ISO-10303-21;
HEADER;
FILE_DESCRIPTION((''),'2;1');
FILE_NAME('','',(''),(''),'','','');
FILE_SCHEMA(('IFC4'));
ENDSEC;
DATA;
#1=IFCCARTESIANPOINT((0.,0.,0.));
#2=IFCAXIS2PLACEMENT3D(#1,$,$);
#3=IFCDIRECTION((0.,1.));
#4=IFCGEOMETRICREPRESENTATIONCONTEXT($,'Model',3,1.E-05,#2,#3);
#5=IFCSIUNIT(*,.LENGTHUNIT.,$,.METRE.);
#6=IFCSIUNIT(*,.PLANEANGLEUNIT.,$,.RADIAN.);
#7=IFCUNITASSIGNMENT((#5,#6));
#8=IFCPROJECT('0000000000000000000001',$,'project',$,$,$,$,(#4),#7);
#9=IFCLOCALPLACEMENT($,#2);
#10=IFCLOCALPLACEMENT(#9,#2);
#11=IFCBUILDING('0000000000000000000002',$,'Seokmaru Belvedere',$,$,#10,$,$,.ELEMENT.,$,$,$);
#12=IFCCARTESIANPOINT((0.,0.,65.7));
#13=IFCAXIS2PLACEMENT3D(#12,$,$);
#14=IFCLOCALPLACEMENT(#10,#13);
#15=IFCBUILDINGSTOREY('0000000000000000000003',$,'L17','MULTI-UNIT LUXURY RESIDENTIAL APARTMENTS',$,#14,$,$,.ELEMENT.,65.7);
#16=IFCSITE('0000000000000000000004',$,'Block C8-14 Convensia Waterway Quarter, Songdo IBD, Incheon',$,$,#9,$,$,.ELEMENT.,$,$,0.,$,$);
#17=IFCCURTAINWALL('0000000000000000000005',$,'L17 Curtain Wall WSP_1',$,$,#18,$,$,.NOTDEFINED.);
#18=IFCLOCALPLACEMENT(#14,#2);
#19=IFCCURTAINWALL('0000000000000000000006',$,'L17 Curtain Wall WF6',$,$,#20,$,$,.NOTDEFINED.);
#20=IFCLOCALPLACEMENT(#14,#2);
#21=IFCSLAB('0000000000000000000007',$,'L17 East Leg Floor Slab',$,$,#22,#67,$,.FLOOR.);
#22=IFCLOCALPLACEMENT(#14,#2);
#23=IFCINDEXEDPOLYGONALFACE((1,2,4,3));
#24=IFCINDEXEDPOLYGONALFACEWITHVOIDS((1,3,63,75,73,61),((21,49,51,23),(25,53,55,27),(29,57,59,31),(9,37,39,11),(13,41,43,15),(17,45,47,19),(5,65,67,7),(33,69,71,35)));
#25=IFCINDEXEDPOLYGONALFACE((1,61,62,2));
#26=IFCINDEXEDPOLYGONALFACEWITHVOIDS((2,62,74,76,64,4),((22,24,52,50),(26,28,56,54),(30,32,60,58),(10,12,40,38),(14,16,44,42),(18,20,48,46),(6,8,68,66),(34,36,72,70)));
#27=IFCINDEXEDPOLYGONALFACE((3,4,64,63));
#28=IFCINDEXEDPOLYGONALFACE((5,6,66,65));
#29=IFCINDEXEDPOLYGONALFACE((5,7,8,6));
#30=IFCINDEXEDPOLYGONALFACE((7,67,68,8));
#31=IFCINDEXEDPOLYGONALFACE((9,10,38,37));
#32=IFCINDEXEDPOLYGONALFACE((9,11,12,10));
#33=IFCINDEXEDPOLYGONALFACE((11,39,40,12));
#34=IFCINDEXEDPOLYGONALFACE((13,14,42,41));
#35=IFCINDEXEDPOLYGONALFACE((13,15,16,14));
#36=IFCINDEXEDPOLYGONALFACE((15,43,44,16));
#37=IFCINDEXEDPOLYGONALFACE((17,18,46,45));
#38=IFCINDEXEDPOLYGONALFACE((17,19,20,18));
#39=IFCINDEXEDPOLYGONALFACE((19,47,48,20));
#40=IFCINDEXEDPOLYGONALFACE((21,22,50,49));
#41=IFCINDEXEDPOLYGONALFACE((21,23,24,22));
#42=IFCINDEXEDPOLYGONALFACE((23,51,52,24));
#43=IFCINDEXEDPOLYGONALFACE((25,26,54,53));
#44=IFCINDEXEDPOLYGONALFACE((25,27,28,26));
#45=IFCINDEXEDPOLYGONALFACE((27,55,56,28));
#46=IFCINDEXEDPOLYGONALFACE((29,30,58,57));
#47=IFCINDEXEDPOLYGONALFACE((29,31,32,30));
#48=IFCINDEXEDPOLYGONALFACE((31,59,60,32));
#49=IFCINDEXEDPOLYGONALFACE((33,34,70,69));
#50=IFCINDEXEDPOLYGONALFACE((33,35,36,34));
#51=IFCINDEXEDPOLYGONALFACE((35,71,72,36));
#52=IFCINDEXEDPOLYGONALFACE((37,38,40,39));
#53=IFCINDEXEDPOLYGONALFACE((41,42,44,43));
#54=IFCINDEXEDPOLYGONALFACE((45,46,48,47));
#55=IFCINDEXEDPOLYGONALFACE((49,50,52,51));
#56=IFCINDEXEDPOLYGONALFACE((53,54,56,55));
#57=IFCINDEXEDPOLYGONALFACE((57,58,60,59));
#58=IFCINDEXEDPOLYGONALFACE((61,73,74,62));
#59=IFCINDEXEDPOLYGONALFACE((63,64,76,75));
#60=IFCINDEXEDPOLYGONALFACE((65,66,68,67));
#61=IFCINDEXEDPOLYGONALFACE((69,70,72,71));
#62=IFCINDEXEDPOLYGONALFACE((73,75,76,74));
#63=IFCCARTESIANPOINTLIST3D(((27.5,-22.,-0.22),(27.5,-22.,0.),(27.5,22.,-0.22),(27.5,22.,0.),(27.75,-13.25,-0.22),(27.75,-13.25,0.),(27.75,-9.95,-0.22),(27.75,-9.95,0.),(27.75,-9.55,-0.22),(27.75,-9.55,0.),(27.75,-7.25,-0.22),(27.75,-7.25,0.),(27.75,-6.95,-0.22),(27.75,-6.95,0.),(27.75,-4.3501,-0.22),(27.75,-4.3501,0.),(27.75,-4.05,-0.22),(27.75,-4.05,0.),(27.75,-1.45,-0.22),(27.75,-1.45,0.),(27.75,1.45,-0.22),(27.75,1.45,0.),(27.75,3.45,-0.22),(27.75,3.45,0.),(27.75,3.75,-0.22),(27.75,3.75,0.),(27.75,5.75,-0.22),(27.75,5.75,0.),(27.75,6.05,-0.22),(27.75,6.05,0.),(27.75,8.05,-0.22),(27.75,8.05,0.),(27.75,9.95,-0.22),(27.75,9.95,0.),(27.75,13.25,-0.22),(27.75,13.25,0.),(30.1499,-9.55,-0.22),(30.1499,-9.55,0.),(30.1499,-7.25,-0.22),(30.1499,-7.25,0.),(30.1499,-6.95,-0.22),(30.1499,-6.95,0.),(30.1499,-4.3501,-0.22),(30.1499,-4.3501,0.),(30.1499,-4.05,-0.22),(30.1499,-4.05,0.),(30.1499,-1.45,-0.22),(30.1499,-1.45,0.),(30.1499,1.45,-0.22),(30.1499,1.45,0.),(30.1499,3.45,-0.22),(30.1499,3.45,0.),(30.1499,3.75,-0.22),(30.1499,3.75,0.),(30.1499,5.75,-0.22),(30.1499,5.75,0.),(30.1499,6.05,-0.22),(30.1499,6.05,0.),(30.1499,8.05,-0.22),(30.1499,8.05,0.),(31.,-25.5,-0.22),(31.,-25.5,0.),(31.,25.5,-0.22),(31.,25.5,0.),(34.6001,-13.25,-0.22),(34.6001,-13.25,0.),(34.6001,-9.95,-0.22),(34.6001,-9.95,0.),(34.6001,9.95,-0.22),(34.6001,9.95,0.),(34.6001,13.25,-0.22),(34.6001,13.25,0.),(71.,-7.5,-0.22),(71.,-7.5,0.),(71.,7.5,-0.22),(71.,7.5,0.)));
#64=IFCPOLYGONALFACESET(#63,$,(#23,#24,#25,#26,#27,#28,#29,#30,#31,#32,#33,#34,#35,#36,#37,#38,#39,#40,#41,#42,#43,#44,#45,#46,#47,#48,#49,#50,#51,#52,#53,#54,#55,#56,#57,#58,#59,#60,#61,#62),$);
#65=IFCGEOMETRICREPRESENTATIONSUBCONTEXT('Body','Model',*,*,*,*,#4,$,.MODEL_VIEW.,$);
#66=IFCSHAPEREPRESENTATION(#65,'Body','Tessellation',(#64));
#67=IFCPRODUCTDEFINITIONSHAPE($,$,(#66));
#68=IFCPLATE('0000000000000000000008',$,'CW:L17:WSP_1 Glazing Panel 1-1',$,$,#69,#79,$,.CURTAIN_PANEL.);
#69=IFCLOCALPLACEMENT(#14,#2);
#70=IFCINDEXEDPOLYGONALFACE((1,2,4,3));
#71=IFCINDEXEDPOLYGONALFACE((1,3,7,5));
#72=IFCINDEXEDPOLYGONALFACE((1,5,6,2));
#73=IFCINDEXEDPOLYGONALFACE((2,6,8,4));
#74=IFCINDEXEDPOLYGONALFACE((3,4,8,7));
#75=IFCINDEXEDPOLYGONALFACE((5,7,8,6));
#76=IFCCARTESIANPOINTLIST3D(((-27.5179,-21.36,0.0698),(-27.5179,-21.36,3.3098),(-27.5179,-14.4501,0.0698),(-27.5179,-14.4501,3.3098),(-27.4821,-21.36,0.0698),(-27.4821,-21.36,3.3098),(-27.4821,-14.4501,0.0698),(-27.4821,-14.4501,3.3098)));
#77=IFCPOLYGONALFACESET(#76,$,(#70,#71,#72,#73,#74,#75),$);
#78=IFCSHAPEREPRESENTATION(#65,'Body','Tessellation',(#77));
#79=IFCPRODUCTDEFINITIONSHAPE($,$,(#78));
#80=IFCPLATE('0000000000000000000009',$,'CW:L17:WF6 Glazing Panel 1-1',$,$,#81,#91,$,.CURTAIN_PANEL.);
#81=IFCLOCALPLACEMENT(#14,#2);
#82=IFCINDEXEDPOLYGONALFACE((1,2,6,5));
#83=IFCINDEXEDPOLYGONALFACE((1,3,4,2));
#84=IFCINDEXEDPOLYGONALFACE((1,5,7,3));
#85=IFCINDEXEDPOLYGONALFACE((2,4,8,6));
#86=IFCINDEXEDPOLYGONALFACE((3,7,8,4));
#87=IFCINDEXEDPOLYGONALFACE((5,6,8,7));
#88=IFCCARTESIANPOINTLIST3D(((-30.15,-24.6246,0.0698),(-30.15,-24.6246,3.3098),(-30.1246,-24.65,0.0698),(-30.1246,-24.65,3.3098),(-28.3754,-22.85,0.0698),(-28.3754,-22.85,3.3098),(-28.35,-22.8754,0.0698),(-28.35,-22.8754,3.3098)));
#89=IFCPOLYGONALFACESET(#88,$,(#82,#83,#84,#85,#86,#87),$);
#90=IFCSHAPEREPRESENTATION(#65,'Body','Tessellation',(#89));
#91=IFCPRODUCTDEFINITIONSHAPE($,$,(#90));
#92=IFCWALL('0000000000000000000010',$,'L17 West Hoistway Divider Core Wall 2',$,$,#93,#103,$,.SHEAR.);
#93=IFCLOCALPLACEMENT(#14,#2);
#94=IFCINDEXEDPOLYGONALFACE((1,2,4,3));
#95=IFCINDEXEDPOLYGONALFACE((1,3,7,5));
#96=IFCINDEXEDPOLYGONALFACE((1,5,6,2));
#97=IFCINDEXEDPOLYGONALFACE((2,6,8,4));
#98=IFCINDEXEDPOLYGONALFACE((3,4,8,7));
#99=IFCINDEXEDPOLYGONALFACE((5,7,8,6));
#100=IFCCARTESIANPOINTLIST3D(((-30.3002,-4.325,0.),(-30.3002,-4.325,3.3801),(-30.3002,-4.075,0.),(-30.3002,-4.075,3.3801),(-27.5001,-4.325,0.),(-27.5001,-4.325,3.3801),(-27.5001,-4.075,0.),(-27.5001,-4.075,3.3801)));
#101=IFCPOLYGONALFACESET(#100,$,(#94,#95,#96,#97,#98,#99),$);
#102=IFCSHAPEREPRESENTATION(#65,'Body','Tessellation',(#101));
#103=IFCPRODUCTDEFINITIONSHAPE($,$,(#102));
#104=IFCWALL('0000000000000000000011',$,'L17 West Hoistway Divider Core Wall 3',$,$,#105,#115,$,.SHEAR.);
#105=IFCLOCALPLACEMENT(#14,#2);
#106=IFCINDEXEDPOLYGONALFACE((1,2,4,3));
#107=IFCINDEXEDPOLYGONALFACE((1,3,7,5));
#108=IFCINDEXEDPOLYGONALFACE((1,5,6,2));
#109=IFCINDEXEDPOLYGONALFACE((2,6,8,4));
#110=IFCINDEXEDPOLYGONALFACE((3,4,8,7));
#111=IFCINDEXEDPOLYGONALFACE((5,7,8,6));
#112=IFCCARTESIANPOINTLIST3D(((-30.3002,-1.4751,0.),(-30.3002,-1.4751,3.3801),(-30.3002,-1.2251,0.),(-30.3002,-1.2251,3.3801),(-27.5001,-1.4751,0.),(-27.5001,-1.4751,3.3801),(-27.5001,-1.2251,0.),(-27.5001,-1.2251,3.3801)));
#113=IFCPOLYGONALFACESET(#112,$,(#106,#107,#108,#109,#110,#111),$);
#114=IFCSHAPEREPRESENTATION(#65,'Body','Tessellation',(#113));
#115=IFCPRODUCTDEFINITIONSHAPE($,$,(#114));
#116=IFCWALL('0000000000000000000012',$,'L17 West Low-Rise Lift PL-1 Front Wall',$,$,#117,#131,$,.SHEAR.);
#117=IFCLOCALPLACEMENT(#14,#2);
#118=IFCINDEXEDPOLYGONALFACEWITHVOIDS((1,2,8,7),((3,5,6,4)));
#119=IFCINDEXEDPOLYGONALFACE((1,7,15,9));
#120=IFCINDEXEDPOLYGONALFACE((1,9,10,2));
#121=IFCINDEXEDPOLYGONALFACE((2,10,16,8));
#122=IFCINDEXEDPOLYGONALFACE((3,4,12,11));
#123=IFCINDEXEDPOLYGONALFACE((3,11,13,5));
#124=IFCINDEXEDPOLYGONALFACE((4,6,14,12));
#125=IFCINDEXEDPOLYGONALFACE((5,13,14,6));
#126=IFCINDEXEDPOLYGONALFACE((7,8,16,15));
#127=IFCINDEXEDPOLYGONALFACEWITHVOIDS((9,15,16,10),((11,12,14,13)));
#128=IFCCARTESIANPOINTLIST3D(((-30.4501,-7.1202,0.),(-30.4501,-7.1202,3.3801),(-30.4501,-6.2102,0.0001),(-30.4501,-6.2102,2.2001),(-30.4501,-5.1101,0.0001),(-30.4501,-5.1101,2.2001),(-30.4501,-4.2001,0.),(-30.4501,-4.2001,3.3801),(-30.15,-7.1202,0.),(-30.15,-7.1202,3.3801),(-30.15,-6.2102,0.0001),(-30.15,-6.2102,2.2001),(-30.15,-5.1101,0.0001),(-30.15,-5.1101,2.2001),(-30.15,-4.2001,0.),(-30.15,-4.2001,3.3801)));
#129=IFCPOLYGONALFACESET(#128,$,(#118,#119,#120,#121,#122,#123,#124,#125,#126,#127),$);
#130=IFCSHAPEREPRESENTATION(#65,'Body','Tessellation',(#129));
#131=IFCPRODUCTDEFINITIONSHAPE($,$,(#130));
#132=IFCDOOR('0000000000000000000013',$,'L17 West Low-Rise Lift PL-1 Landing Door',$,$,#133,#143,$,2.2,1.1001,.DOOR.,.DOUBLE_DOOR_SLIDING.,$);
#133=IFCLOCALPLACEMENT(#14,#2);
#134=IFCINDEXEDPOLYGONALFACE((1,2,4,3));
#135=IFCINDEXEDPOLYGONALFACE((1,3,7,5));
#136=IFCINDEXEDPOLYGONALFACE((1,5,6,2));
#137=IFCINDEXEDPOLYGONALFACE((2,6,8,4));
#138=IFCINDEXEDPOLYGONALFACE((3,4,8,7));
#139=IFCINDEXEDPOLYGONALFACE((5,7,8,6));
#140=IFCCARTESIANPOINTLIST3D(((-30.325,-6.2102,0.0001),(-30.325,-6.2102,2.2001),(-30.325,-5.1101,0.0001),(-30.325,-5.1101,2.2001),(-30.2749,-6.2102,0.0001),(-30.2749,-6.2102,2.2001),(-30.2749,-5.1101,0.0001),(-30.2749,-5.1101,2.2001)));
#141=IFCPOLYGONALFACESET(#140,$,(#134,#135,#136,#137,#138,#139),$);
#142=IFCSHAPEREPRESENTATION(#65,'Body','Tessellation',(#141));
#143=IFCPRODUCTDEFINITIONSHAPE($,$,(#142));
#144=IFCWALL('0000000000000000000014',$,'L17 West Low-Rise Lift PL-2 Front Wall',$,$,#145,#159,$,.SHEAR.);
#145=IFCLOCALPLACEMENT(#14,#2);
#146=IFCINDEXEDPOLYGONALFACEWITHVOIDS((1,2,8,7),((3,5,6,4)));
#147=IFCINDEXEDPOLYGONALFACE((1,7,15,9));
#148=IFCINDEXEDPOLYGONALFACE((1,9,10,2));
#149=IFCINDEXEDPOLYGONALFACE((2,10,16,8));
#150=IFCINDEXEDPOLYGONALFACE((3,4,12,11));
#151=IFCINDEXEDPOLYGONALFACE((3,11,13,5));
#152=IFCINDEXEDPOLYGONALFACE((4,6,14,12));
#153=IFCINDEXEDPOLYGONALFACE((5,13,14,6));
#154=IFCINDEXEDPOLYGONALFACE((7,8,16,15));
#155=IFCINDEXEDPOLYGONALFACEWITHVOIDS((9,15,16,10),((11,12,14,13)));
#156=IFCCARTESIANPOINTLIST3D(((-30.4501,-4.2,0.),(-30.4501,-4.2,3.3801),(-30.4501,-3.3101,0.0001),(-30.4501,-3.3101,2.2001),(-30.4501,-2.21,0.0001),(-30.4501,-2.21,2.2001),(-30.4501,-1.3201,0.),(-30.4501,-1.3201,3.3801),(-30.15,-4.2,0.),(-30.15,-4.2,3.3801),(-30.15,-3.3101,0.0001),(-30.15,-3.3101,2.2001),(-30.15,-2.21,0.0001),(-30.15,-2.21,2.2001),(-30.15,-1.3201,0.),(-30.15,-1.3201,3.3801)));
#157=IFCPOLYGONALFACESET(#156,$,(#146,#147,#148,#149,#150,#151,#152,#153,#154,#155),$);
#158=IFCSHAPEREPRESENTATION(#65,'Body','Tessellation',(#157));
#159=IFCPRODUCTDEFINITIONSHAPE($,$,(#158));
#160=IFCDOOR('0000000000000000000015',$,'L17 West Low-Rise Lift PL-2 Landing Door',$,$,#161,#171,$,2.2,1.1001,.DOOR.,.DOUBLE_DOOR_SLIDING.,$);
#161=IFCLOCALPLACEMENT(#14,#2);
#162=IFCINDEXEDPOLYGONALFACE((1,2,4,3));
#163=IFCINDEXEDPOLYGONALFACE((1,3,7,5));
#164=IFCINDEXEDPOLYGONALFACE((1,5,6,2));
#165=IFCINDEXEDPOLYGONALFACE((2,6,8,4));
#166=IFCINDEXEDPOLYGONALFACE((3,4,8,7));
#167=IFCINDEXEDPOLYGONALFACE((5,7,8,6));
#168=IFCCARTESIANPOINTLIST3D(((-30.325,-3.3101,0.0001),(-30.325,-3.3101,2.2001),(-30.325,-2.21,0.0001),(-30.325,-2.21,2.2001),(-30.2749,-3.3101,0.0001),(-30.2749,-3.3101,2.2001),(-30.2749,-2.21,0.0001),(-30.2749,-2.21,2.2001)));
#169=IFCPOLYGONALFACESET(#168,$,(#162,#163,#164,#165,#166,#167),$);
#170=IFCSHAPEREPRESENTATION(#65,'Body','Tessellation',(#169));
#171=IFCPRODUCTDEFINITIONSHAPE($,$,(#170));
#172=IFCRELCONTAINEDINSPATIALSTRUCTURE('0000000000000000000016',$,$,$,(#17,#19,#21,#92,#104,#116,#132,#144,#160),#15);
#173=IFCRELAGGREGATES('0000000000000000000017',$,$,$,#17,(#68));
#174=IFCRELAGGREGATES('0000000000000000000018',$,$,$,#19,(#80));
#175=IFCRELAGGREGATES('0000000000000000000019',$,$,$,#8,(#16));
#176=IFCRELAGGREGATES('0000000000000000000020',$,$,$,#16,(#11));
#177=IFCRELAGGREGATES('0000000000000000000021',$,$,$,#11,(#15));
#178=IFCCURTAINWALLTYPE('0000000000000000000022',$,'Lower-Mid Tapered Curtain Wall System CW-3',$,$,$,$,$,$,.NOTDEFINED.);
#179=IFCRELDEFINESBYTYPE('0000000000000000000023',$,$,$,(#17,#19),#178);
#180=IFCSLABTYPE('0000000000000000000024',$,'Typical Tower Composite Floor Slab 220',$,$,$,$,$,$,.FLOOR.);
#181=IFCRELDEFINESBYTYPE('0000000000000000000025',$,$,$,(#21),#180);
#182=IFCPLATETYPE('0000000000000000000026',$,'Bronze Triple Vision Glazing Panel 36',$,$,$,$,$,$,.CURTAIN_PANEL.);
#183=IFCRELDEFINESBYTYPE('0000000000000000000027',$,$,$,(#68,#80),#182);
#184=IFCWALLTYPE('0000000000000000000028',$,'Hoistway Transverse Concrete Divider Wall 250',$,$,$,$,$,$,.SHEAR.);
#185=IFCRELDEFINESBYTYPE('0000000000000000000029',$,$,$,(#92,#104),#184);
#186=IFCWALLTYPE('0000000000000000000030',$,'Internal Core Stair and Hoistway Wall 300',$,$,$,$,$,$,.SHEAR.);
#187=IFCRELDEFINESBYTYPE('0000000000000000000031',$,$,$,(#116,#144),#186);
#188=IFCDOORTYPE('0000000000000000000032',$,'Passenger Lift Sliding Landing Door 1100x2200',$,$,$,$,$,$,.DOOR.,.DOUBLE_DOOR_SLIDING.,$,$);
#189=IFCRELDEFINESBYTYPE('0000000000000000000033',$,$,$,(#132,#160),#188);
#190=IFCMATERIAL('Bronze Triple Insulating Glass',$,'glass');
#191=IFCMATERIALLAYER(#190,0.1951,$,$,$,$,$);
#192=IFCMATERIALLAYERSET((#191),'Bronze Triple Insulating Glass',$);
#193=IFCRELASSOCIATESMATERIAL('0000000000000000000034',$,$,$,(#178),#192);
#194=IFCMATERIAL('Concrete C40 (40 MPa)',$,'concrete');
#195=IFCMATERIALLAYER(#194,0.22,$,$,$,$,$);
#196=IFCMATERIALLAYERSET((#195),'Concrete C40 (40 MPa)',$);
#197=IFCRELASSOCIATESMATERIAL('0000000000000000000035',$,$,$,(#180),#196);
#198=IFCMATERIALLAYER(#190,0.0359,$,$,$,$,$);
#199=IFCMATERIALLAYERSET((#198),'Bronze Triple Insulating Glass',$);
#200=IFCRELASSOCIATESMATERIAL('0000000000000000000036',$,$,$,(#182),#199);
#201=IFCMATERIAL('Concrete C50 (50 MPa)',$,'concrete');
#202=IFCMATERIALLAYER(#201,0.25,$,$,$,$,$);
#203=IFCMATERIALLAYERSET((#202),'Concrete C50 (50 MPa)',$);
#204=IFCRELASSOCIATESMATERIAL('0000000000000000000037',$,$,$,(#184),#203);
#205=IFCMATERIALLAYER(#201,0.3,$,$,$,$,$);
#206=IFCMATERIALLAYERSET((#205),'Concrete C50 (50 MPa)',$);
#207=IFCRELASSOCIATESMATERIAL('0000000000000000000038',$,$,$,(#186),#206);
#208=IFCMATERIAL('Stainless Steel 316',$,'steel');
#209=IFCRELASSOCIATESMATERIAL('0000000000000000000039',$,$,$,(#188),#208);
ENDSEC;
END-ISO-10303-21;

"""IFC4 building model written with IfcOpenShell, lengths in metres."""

from ifc_helpers import new_model, si_unit, direction, frame, frame_2d, origin, origin_2d, place, context, subcontext, project, spatial, polyline, rectangle, outline, extrude, source, transform, mapped, material, layer, layer_set, type_object, type_shapes, element, fill, aggregate, save


model = new_model("IFC4")

# Units and contexts
model_context = context("Model", 3, precision=1e-05, world=origin(), true_north=direction((0.0, 1.0)))
body_context = subcontext(model_context, "Body", "Model", "MODEL_VIEW")
ifc_project = project(units=[si_unit("LENGTHUNIT", "METRE"), si_unit("PLANEANGLEUNIT", "RADIAN")], contexts=[model_context])

# Site, building, storey
site_placement = place(None, origin())
site = spatial("IfcSite", under=ifc_project, at=site_placement, Name="Block C8-14 Convensia Waterway Quarter, Songdo IBD, Incheon", CompositionType="ELEMENT", RefElevation=0.0)
building_placement = place(site_placement, origin())
building = spatial("IfcBuilding", under=site, at=building_placement, Name="Seokmaru Belvedere", CompositionType="ELEMENT")
storey_placement = place(building_placement, frame((0.0, 0.0, 65.7)))
storey = spatial("IfcBuildingStorey", under=building, at=storey_placement, Name="L17", Description="MULTI-UNIT LUXURY RESIDENTIAL APARTMENTS", CompositionType="ELEMENT", Elevation=65.7)

# Curtain walls
ifc_material_1 = material(Name="Bronze Triple Insulating Glass", Category="glass")
ifc_layer_1 = layer(ifc_material_1, 0.1951)
ifc_layer_set_1 = layer_set([ifc_layer_1], Name="Bronze Triple Insulating Glass")
curtain_wall_type = type_object("IfcCurtainWallType", Name="Lower-Mid Tapered Curtain Wall System CW-3", PredefinedType="NOTDEFINED", material=ifc_layer_set_1)
curtain_wall_1_placement = place(storey_placement, origin())
curtain_wall_1 = element("IfcCurtainWall", 1, at=curtain_wall_1_placement, inside=storey, type_object=curtain_wall_type, Name="L17 Curtain Wall WSP_1", PredefinedType="NOTDEFINED")
curtain_wall_2_placement = place(storey_placement, origin())
curtain_wall_2 = element("IfcCurtainWall", 2, at=curtain_wall_2_placement, inside=storey, type_object=curtain_wall_type, Name="L17 Curtain Wall WF6", PredefinedType="NOTDEFINED")

# Shared definitions
ifc_material_2 = material(Name="Concrete C40 (40 MPa)", Category="concrete")

# Slab
ifc_layer_2 = layer(ifc_material_2, 0.22)
ifc_layer_set_2 = layer_set([ifc_layer_2], Name="Concrete C40 (40 MPa)")
slab_type_1 = type_object("IfcSlabType", Name="Typical Tower Composite Floor Slab 220", PredefinedType="FLOOR", material=ifc_layer_set_2)
slab_1_placement = place(storey_placement, frame((0.0, 0.0, -0.22)))
element("IfcSlab", 3, at=slab_1_placement, inside=storey, type_object=slab_type_1, Name="L17 East Leg Floor Slab", PredefinedType="FLOOR", context=body_context, shape_type="SweptSolid", body=[
    extrude(outline(polyline([(31.0, -25.5), (71.0, -7.5), (71.0, 7.5), (31.0, 25.5), (27.5, 22.0), (27.5, -22.0), (31.0, -25.5)]), holes=[polyline([(27.75, -13.25), (34.6001, -13.25), (34.6001, -9.95), (27.75, -9.95), (27.75, -13.25)]), polyline([(27.75, 9.95), (34.6001, 9.95), (34.6001, 13.25), (27.75, 13.25), (27.75, 9.95)]), polyline([(27.75, -9.55), (30.1499, -9.55), (30.1499, -7.25), (27.75, -7.25), (27.75, -9.55)]), polyline([(27.75, -6.95), (30.1499, -6.95), (30.1499, -4.3501), (27.75, -4.3501), (27.75, -6.95)]), polyline([(27.75, -4.05), (30.1499, -4.05), (30.1499, -1.45), (27.75, -1.45), (27.75, -4.05)]), polyline([(27.75, 1.45), (30.1499, 1.45), (30.1499, 3.45), (27.75, 3.45), (27.75, 1.45)]), polyline([(27.75, 3.75), (30.1499, 3.75), (30.1499, 5.75), (27.75, 5.75), (27.75, 3.75)]), polyline([(27.75, 6.05), (30.1499, 6.05), (30.1499, 8.05), (27.75, 8.05), (27.75, 6.05)])]), origin(), (0.0, 0.0, 1.0), 0.22),
])

# Plates
ifc_layer_3 = layer(ifc_material_1, 0.0359)
ifc_layer_set_3 = layer_set([ifc_layer_3], Name="Bronze Triple Insulating Glass")
plate_type = type_object("IfcPlateType", Name="Bronze Triple Vision Glazing Panel 36", PredefinedType="CURTAIN_PANEL", material=ifc_layer_set_3)
shared_shape_1 = source(origin(), body_context, "Body", "SweptSolid", [
    extrude(rectangle(XDim=6.9099, YDim=0.0359, at=origin_2d()), origin(), (0.0, 0.0, 1.0), 3.24),
])
plate_1_placement = place(storey_placement, frame((-27.5, -17.905, 0.0698), z_axis=(0.0, 0.0, 1.0), x_axis=(0.0, 1.0, 0.0)))
plate_1 = element("IfcPlate", 4, at=plate_1_placement, type_object=plate_type, Name="CW:L17:WSP_1 Glazing Panel 1-1", PredefinedType="CURTAIN_PANEL", context=body_context, shape_type="MappedRepresentation", body=[
    mapped(shared_shape_1, transform((0.0, 0.0, 0.0), scale=1.0)),
])
aggregate(curtain_wall_1, [plate_1])
shared_shape_2 = source(origin(), body_context, "Body", "SweptSolid", [
    extrude(rectangle(XDim=2.5098, YDim=0.0359, at=origin_2d()), origin(), (0.0, 0.0, 1.0), 3.24),
])
type_shapes(plate_type, [shared_shape_1, shared_shape_2])
plate_2_placement = place(storey_placement, frame((-29.25, -23.75, 0.0698), z_axis=(0.0, 0.0, 1.0), x_axis=(0.707107, 0.707107, 0.0)))
plate_2 = element("IfcPlate", 5, at=plate_2_placement, type_object=plate_type, Name="CW:L17:WF6 Glazing Panel 1-1", PredefinedType="CURTAIN_PANEL", context=body_context, shape_type="MappedRepresentation", body=[
    mapped(shared_shape_2, transform((0.0, 0.0, 0.0), scale=1.0)),
])
aggregate(curtain_wall_2, [plate_2])

# Walls
ifc_material_3 = material(Name="Concrete C50 (50 MPa)", Category="concrete")
ifc_layer_4 = layer(ifc_material_3, 0.25)
ifc_layer_set_4 = layer_set([ifc_layer_4], Name="Concrete C50 (50 MPa)")
wall_type_1 = type_object("IfcWallType", Name="Hoistway Transverse Concrete Divider Wall 250", PredefinedType="SHEAR", material=ifc_layer_set_4)
for number, where, z_axis, x_axis, name in (
    (6, (-30.3, -4.2, 0.0), (0.0, 0.0, 1.0), (1.0, 0.0, 0.0), "L17 West Hoistway Divider Core Wall 2"),
    (7, (-30.3, -1.3501, 0.0), (0.0, 0.0, 1.0), (1.0, 0.0, 0.0), "L17 West Hoistway Divider Core Wall 3"),
):
    element("IfcWall", number, at=place(storey_placement, frame(where, z_axis=z_axis, x_axis=x_axis)), inside=storey, type_object=wall_type_1, Name=name, PredefinedType="SHEAR", context=body_context, shape_type="SweptSolid", body=[
        extrude(rectangle(XDim=2.8, YDim=0.25, at=frame_2d((1.3999, 0.0))), origin(), (0.0, 0.0, 1.0), 3.3801),
    ])

# Walls, openings, doors
ifc_layer_5 = layer(ifc_material_3, 0.3)
ifc_layer_set_5 = layer_set([ifc_layer_5], Name="Concrete C50 (50 MPa)")
wall_type_2 = type_object("IfcWallType", Name="Internal Core Stair and Hoistway Wall 300", PredefinedType="SHEAR", material=ifc_layer_set_5)
wall_1_placement = place(storey_placement, frame((-30.3, -7.1201, 0.0), z_axis=(0.0, 0.0, 1.0), x_axis=(0.0, 1.0, 0.0)))
wall_1 = element("IfcWall", 8, at=wall_1_placement, inside=storey, type_object=wall_type_2, Name="L17 West Low-Rise Lift PL-1 Front Wall", PredefinedType="SHEAR", context=body_context, shape_type="SweptSolid", body=[
    extrude(rectangle(XDim=2.9202, YDim=0.3, at=frame_2d((1.46, 0.0))), origin(), (0.0, 0.0, 1.0), 3.3801),
])
opening_1_placement = place(wall_1_placement, frame((0.9099, 0.0, 0.0)))
opening_1 = element("IfcOpeningElement", 9, at=opening_1_placement, cuts=wall_1, PredefinedType="OPENING", context=body_context, shape_type="SweptSolid", body=[
    extrude(rectangle(XDim=1.1001, YDim=2.2, at=frame_2d((0.55, 1.1001))), frame((0.0, 0.1602, 0.0), z_axis=(0.0, -1.0, 0.0), x_axis=(1.0, 0.0, 0.0)), (0.0, 0.0, 1.0), 0.3201),
])
ifc_material_4 = material(Name="Stainless Steel 316", Category="steel")
door_type = type_object("IfcDoorType", Name="Passenger Lift Sliding Landing Door 1100x2200", OperationType="DOUBLE_DOOR_SLIDING", PredefinedType="DOOR", material=ifc_material_4)
shared_shape_3 = source(origin(), body_context, "Body", "SweptSolid", [
    extrude(rectangle(XDim=1.1001, YDim=2.2, at=frame_2d((0.55, 1.1001))), frame((0.0, 0.0249, 0.0), z_axis=(0.0, -1.0, 0.0), x_axis=(1.0, 0.0, 0.0)), (0.0, 0.0, 1.0), 0.05),
])
type_shapes(door_type, [shared_shape_3])
door_1_placement = place(opening_1_placement, origin())
door_1 = element("IfcDoor", 10, at=door_1_placement, inside=storey, type_object=door_type, Name="L17 West Low-Rise Lift PL-1 Landing Door", OperationType="DOUBLE_DOOR_SLIDING", OverallHeight=2.2, OverallWidth=1.1001, PredefinedType="DOOR", context=body_context, shape_type="MappedRepresentation", body=[
    mapped(shared_shape_3, transform((0.0, 0.0, 0.0), scale=1.0)),
])
fill(opening_1, door_1)
wall_2_placement = place(storey_placement, frame((-30.3, -4.2, 0.0), z_axis=(0.0, 0.0, 1.0), x_axis=(0.0, 1.0, 0.0)))
wall_2 = element("IfcWall", 11, at=wall_2_placement, inside=storey, type_object=wall_type_2, Name="L17 West Low-Rise Lift PL-2 Front Wall", PredefinedType="SHEAR", context=body_context, shape_type="SweptSolid", body=[
    extrude(rectangle(XDim=2.8799, YDim=0.3, at=frame_2d((1.4399, 0.0))), origin(), (0.0, 0.0, 1.0), 3.3801),
])
opening_2_placement = place(wall_2_placement, frame((0.8899, 0.0, 0.0)))
opening_2 = element("IfcOpeningElement", 12, at=opening_2_placement, cuts=wall_2, PredefinedType="OPENING", context=body_context, shape_type="SweptSolid", body=[
    extrude(rectangle(XDim=1.1001, YDim=2.2, at=frame_2d((0.55, 1.1001))), frame((0.0, 0.1602, 0.0), z_axis=(0.0, -1.0, 0.0), x_axis=(1.0, 0.0, 0.0)), (0.0, 0.0, 1.0), 0.3201),
])
door_2_placement = place(opening_2_placement, origin())
door_2 = element("IfcDoor", 13, at=door_2_placement, inside=storey, type_object=door_type, Name="L17 West Low-Rise Lift PL-2 Landing Door", OperationType="DOUBLE_DOOR_SLIDING", OverallHeight=2.2, OverallWidth=1.1001, PredefinedType="DOOR", context=body_context, shape_type="MappedRepresentation", body=[
    mapped(shared_shape_3, transform((0.0, 0.0, 0.0), scale=1.0)),
])
fill(opening_2, door_2)

save(model, "model.ifc")
